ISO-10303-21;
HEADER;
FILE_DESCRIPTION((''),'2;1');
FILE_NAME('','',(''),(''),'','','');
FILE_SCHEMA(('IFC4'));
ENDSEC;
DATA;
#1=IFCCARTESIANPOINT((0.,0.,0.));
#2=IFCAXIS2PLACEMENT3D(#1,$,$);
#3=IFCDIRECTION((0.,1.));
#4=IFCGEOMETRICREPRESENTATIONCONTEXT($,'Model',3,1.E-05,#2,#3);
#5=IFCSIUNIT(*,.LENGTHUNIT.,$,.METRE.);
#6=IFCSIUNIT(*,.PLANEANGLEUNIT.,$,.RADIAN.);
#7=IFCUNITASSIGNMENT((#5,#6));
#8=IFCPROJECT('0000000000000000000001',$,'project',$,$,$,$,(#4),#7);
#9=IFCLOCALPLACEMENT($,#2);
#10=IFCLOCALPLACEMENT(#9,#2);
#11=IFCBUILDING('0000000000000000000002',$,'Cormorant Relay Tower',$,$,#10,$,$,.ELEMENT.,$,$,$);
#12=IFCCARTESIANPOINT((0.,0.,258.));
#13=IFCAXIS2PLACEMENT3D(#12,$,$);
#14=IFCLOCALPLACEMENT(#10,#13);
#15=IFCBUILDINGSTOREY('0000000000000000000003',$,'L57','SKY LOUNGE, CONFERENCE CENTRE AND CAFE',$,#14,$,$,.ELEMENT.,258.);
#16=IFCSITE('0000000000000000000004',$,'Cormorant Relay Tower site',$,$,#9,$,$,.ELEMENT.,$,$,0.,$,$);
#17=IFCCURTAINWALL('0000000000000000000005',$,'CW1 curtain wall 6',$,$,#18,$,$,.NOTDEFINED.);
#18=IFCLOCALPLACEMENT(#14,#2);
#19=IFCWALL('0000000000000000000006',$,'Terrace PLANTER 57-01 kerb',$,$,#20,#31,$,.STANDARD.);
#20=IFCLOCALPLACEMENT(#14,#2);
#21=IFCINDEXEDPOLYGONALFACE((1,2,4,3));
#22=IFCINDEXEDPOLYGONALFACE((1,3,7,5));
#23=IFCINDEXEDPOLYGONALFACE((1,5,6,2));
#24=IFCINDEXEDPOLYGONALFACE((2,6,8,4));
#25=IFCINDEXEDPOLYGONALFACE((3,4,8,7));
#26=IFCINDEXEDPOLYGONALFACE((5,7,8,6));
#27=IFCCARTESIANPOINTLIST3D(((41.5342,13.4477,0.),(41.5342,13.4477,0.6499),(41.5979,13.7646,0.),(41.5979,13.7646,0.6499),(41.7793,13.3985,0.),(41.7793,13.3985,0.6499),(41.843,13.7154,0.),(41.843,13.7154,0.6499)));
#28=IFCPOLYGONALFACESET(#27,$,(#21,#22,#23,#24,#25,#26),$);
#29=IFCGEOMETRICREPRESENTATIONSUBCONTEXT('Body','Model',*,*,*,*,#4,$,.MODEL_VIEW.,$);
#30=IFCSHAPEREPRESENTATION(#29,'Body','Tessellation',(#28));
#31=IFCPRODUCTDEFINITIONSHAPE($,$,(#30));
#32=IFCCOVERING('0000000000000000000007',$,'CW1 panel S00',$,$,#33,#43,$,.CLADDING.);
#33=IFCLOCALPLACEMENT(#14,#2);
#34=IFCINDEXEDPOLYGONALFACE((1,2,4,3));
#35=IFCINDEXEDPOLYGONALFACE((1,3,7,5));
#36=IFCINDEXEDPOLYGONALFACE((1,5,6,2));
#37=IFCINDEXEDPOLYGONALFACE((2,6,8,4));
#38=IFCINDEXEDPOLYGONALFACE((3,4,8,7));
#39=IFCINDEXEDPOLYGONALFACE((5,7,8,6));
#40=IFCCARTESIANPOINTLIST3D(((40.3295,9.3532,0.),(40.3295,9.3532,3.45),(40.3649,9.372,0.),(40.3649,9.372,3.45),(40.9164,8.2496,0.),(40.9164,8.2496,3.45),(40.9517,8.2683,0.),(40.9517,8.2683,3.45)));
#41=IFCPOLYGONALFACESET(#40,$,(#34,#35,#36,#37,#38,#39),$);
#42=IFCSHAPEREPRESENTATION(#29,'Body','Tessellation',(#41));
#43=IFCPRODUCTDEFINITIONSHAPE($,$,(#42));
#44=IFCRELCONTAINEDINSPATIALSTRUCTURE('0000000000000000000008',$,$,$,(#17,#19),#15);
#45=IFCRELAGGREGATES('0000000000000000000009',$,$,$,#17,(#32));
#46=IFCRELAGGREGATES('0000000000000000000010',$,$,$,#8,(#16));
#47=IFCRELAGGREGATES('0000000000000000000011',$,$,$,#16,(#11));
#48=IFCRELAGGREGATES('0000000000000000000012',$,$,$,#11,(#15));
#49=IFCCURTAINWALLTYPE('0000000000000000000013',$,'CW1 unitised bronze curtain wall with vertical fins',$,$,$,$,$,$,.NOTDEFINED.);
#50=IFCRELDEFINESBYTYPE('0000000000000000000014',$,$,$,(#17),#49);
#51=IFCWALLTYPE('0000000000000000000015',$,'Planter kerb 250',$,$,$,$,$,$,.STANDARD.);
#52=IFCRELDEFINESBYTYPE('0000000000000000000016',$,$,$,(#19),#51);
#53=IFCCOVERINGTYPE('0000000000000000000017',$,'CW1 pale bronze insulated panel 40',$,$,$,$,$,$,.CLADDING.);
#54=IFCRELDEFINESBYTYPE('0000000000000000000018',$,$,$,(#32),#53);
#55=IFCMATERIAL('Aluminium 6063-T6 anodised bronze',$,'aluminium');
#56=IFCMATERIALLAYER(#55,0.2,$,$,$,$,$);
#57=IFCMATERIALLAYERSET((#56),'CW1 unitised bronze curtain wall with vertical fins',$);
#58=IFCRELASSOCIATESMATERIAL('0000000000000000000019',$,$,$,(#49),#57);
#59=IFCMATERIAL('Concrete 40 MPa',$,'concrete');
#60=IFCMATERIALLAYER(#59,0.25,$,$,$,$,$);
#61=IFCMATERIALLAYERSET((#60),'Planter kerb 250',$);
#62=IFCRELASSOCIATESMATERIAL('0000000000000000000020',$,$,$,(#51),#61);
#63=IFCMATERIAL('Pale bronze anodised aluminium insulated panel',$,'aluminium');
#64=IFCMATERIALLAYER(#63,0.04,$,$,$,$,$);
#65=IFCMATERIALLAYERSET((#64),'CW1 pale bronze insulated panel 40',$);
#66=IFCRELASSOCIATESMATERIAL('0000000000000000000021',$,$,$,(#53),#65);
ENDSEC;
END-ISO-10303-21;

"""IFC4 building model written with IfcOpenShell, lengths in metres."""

from ifc_helpers import new_model, si_unit, direction, frame, frame_2d, origin, origin_2d, place, context, subcontext, project, spatial, rectangle, extrude, material, layer, layer_set, type_object, element, aggregate, save


model = new_model("IFC4")

# Units and contexts
model_context = context("Model", 3, precision=1e-05, world=origin(), true_north=direction((0.0, 1.0)))
body_context = subcontext(model_context, "Body", "Model", "MODEL_VIEW")
ifc_project = project(units=[si_unit("LENGTHUNIT", "METRE"), si_unit("PLANEANGLEUNIT", "RADIAN")], contexts=[model_context])

# Site, building, storey
site_placement = place(None, origin())
site = spatial("IfcSite", under=ifc_project, at=site_placement, Name="Cormorant Relay Tower site", CompositionType="ELEMENT", RefElevation=0.0)
building_placement = place(site_placement, origin())
building = spatial("IfcBuilding", under=site, at=building_placement, Name="Cormorant Relay Tower", CompositionType="ELEMENT")
storey_placement = place(building_placement, frame((0.0, 0.0, 258.0)))
storey = spatial("IfcBuildingStorey", under=building, at=storey_placement, Name="L57", Description="SKY LOUNGE, CONFERENCE CENTRE AND CAFE", CompositionType="ELEMENT", Elevation=258.0)

# Curtain wall
ifc_material_1 = material(Name="Aluminium 6063-T6 anodised bronze", Category="aluminium")
ifc_layer_1 = layer(ifc_material_1, 0.2)
ifc_layer_set_1 = layer_set([ifc_layer_1], Name="CW1 unitised bronze curtain wall with vertical fins")
curtain_wall_type = type_object("IfcCurtainWallType", Name="CW1 unitised bronze curtain wall with vertical fins", PredefinedType="NOTDEFINED", material=ifc_layer_set_1)
curtain_wall_placement = place(storey_placement, origin())
curtain_wall = element("IfcCurtainWall", 1, at=curtain_wall_placement, inside=storey, type_object=curtain_wall_type, Name="CW1 curtain wall 6", PredefinedType="NOTDEFINED")

# Wall
ifc_material_2 = material(Name="Concrete 40 MPa", Category="concrete")
ifc_layer_2 = layer(ifc_material_2, 0.25)
ifc_layer_set_2 = layer_set([ifc_layer_2], Name="Planter kerb 250")
wall_type_1 = type_object("IfcWallType", Name="Planter kerb 250", PredefinedType="STANDARD", material=ifc_layer_set_2)
wall_1_placement = place(storey_placement, frame((41.6567, 13.4231, 0.0), z_axis=(0.0, 0.0, 1.0), x_axis=(0.197133, 0.980377, 0.0)))
element("IfcWall", 2, at=wall_1_placement, inside=storey, type_object=wall_type_1, Name="Terrace PLANTER 57-01 kerb", PredefinedType="STANDARD", context=body_context, shape_type="SweptSolid", body=[
    extrude(rectangle(XDim=0.3232, YDim=0.25, at=frame_2d((0.1616, 0.0))), origin(), (0.0, 0.0, 1.0), 0.6499),
])

# Covering
ifc_material_3 = material(Name="Pale bronze anodised aluminium insulated panel", Category="aluminium")
ifc_layer_3 = layer(ifc_material_3, 0.04)
ifc_layer_set_3 = layer_set([ifc_layer_3], Name="CW1 pale bronze insulated panel 40")
covering_type = type_object("IfcCoveringType", Name="CW1 pale bronze insulated panel 40", PredefinedType="CLADDING", material=ifc_layer_set_3)
covering_placement = place(storey_placement, frame((40.6406, 8.8108, 0.0), z_axis=(0.0, 0.0, 1.0), x_axis=(-0.469472, 0.882948, 0.0)))
covering = element("IfcCovering", 3, at=covering_placement, type_object=covering_type, Name="CW1 panel S00", PredefinedType="CLADDING", context=body_context, shape_type="SweptSolid", body=[
    extrude(rectangle(XDim=1.25, YDim=0.04, at=origin_2d()), origin(), (0.0, 0.0, 1.0), 3.45),
])
aggregate(curtain_wall, [covering])

save(model, "model.ifc")
